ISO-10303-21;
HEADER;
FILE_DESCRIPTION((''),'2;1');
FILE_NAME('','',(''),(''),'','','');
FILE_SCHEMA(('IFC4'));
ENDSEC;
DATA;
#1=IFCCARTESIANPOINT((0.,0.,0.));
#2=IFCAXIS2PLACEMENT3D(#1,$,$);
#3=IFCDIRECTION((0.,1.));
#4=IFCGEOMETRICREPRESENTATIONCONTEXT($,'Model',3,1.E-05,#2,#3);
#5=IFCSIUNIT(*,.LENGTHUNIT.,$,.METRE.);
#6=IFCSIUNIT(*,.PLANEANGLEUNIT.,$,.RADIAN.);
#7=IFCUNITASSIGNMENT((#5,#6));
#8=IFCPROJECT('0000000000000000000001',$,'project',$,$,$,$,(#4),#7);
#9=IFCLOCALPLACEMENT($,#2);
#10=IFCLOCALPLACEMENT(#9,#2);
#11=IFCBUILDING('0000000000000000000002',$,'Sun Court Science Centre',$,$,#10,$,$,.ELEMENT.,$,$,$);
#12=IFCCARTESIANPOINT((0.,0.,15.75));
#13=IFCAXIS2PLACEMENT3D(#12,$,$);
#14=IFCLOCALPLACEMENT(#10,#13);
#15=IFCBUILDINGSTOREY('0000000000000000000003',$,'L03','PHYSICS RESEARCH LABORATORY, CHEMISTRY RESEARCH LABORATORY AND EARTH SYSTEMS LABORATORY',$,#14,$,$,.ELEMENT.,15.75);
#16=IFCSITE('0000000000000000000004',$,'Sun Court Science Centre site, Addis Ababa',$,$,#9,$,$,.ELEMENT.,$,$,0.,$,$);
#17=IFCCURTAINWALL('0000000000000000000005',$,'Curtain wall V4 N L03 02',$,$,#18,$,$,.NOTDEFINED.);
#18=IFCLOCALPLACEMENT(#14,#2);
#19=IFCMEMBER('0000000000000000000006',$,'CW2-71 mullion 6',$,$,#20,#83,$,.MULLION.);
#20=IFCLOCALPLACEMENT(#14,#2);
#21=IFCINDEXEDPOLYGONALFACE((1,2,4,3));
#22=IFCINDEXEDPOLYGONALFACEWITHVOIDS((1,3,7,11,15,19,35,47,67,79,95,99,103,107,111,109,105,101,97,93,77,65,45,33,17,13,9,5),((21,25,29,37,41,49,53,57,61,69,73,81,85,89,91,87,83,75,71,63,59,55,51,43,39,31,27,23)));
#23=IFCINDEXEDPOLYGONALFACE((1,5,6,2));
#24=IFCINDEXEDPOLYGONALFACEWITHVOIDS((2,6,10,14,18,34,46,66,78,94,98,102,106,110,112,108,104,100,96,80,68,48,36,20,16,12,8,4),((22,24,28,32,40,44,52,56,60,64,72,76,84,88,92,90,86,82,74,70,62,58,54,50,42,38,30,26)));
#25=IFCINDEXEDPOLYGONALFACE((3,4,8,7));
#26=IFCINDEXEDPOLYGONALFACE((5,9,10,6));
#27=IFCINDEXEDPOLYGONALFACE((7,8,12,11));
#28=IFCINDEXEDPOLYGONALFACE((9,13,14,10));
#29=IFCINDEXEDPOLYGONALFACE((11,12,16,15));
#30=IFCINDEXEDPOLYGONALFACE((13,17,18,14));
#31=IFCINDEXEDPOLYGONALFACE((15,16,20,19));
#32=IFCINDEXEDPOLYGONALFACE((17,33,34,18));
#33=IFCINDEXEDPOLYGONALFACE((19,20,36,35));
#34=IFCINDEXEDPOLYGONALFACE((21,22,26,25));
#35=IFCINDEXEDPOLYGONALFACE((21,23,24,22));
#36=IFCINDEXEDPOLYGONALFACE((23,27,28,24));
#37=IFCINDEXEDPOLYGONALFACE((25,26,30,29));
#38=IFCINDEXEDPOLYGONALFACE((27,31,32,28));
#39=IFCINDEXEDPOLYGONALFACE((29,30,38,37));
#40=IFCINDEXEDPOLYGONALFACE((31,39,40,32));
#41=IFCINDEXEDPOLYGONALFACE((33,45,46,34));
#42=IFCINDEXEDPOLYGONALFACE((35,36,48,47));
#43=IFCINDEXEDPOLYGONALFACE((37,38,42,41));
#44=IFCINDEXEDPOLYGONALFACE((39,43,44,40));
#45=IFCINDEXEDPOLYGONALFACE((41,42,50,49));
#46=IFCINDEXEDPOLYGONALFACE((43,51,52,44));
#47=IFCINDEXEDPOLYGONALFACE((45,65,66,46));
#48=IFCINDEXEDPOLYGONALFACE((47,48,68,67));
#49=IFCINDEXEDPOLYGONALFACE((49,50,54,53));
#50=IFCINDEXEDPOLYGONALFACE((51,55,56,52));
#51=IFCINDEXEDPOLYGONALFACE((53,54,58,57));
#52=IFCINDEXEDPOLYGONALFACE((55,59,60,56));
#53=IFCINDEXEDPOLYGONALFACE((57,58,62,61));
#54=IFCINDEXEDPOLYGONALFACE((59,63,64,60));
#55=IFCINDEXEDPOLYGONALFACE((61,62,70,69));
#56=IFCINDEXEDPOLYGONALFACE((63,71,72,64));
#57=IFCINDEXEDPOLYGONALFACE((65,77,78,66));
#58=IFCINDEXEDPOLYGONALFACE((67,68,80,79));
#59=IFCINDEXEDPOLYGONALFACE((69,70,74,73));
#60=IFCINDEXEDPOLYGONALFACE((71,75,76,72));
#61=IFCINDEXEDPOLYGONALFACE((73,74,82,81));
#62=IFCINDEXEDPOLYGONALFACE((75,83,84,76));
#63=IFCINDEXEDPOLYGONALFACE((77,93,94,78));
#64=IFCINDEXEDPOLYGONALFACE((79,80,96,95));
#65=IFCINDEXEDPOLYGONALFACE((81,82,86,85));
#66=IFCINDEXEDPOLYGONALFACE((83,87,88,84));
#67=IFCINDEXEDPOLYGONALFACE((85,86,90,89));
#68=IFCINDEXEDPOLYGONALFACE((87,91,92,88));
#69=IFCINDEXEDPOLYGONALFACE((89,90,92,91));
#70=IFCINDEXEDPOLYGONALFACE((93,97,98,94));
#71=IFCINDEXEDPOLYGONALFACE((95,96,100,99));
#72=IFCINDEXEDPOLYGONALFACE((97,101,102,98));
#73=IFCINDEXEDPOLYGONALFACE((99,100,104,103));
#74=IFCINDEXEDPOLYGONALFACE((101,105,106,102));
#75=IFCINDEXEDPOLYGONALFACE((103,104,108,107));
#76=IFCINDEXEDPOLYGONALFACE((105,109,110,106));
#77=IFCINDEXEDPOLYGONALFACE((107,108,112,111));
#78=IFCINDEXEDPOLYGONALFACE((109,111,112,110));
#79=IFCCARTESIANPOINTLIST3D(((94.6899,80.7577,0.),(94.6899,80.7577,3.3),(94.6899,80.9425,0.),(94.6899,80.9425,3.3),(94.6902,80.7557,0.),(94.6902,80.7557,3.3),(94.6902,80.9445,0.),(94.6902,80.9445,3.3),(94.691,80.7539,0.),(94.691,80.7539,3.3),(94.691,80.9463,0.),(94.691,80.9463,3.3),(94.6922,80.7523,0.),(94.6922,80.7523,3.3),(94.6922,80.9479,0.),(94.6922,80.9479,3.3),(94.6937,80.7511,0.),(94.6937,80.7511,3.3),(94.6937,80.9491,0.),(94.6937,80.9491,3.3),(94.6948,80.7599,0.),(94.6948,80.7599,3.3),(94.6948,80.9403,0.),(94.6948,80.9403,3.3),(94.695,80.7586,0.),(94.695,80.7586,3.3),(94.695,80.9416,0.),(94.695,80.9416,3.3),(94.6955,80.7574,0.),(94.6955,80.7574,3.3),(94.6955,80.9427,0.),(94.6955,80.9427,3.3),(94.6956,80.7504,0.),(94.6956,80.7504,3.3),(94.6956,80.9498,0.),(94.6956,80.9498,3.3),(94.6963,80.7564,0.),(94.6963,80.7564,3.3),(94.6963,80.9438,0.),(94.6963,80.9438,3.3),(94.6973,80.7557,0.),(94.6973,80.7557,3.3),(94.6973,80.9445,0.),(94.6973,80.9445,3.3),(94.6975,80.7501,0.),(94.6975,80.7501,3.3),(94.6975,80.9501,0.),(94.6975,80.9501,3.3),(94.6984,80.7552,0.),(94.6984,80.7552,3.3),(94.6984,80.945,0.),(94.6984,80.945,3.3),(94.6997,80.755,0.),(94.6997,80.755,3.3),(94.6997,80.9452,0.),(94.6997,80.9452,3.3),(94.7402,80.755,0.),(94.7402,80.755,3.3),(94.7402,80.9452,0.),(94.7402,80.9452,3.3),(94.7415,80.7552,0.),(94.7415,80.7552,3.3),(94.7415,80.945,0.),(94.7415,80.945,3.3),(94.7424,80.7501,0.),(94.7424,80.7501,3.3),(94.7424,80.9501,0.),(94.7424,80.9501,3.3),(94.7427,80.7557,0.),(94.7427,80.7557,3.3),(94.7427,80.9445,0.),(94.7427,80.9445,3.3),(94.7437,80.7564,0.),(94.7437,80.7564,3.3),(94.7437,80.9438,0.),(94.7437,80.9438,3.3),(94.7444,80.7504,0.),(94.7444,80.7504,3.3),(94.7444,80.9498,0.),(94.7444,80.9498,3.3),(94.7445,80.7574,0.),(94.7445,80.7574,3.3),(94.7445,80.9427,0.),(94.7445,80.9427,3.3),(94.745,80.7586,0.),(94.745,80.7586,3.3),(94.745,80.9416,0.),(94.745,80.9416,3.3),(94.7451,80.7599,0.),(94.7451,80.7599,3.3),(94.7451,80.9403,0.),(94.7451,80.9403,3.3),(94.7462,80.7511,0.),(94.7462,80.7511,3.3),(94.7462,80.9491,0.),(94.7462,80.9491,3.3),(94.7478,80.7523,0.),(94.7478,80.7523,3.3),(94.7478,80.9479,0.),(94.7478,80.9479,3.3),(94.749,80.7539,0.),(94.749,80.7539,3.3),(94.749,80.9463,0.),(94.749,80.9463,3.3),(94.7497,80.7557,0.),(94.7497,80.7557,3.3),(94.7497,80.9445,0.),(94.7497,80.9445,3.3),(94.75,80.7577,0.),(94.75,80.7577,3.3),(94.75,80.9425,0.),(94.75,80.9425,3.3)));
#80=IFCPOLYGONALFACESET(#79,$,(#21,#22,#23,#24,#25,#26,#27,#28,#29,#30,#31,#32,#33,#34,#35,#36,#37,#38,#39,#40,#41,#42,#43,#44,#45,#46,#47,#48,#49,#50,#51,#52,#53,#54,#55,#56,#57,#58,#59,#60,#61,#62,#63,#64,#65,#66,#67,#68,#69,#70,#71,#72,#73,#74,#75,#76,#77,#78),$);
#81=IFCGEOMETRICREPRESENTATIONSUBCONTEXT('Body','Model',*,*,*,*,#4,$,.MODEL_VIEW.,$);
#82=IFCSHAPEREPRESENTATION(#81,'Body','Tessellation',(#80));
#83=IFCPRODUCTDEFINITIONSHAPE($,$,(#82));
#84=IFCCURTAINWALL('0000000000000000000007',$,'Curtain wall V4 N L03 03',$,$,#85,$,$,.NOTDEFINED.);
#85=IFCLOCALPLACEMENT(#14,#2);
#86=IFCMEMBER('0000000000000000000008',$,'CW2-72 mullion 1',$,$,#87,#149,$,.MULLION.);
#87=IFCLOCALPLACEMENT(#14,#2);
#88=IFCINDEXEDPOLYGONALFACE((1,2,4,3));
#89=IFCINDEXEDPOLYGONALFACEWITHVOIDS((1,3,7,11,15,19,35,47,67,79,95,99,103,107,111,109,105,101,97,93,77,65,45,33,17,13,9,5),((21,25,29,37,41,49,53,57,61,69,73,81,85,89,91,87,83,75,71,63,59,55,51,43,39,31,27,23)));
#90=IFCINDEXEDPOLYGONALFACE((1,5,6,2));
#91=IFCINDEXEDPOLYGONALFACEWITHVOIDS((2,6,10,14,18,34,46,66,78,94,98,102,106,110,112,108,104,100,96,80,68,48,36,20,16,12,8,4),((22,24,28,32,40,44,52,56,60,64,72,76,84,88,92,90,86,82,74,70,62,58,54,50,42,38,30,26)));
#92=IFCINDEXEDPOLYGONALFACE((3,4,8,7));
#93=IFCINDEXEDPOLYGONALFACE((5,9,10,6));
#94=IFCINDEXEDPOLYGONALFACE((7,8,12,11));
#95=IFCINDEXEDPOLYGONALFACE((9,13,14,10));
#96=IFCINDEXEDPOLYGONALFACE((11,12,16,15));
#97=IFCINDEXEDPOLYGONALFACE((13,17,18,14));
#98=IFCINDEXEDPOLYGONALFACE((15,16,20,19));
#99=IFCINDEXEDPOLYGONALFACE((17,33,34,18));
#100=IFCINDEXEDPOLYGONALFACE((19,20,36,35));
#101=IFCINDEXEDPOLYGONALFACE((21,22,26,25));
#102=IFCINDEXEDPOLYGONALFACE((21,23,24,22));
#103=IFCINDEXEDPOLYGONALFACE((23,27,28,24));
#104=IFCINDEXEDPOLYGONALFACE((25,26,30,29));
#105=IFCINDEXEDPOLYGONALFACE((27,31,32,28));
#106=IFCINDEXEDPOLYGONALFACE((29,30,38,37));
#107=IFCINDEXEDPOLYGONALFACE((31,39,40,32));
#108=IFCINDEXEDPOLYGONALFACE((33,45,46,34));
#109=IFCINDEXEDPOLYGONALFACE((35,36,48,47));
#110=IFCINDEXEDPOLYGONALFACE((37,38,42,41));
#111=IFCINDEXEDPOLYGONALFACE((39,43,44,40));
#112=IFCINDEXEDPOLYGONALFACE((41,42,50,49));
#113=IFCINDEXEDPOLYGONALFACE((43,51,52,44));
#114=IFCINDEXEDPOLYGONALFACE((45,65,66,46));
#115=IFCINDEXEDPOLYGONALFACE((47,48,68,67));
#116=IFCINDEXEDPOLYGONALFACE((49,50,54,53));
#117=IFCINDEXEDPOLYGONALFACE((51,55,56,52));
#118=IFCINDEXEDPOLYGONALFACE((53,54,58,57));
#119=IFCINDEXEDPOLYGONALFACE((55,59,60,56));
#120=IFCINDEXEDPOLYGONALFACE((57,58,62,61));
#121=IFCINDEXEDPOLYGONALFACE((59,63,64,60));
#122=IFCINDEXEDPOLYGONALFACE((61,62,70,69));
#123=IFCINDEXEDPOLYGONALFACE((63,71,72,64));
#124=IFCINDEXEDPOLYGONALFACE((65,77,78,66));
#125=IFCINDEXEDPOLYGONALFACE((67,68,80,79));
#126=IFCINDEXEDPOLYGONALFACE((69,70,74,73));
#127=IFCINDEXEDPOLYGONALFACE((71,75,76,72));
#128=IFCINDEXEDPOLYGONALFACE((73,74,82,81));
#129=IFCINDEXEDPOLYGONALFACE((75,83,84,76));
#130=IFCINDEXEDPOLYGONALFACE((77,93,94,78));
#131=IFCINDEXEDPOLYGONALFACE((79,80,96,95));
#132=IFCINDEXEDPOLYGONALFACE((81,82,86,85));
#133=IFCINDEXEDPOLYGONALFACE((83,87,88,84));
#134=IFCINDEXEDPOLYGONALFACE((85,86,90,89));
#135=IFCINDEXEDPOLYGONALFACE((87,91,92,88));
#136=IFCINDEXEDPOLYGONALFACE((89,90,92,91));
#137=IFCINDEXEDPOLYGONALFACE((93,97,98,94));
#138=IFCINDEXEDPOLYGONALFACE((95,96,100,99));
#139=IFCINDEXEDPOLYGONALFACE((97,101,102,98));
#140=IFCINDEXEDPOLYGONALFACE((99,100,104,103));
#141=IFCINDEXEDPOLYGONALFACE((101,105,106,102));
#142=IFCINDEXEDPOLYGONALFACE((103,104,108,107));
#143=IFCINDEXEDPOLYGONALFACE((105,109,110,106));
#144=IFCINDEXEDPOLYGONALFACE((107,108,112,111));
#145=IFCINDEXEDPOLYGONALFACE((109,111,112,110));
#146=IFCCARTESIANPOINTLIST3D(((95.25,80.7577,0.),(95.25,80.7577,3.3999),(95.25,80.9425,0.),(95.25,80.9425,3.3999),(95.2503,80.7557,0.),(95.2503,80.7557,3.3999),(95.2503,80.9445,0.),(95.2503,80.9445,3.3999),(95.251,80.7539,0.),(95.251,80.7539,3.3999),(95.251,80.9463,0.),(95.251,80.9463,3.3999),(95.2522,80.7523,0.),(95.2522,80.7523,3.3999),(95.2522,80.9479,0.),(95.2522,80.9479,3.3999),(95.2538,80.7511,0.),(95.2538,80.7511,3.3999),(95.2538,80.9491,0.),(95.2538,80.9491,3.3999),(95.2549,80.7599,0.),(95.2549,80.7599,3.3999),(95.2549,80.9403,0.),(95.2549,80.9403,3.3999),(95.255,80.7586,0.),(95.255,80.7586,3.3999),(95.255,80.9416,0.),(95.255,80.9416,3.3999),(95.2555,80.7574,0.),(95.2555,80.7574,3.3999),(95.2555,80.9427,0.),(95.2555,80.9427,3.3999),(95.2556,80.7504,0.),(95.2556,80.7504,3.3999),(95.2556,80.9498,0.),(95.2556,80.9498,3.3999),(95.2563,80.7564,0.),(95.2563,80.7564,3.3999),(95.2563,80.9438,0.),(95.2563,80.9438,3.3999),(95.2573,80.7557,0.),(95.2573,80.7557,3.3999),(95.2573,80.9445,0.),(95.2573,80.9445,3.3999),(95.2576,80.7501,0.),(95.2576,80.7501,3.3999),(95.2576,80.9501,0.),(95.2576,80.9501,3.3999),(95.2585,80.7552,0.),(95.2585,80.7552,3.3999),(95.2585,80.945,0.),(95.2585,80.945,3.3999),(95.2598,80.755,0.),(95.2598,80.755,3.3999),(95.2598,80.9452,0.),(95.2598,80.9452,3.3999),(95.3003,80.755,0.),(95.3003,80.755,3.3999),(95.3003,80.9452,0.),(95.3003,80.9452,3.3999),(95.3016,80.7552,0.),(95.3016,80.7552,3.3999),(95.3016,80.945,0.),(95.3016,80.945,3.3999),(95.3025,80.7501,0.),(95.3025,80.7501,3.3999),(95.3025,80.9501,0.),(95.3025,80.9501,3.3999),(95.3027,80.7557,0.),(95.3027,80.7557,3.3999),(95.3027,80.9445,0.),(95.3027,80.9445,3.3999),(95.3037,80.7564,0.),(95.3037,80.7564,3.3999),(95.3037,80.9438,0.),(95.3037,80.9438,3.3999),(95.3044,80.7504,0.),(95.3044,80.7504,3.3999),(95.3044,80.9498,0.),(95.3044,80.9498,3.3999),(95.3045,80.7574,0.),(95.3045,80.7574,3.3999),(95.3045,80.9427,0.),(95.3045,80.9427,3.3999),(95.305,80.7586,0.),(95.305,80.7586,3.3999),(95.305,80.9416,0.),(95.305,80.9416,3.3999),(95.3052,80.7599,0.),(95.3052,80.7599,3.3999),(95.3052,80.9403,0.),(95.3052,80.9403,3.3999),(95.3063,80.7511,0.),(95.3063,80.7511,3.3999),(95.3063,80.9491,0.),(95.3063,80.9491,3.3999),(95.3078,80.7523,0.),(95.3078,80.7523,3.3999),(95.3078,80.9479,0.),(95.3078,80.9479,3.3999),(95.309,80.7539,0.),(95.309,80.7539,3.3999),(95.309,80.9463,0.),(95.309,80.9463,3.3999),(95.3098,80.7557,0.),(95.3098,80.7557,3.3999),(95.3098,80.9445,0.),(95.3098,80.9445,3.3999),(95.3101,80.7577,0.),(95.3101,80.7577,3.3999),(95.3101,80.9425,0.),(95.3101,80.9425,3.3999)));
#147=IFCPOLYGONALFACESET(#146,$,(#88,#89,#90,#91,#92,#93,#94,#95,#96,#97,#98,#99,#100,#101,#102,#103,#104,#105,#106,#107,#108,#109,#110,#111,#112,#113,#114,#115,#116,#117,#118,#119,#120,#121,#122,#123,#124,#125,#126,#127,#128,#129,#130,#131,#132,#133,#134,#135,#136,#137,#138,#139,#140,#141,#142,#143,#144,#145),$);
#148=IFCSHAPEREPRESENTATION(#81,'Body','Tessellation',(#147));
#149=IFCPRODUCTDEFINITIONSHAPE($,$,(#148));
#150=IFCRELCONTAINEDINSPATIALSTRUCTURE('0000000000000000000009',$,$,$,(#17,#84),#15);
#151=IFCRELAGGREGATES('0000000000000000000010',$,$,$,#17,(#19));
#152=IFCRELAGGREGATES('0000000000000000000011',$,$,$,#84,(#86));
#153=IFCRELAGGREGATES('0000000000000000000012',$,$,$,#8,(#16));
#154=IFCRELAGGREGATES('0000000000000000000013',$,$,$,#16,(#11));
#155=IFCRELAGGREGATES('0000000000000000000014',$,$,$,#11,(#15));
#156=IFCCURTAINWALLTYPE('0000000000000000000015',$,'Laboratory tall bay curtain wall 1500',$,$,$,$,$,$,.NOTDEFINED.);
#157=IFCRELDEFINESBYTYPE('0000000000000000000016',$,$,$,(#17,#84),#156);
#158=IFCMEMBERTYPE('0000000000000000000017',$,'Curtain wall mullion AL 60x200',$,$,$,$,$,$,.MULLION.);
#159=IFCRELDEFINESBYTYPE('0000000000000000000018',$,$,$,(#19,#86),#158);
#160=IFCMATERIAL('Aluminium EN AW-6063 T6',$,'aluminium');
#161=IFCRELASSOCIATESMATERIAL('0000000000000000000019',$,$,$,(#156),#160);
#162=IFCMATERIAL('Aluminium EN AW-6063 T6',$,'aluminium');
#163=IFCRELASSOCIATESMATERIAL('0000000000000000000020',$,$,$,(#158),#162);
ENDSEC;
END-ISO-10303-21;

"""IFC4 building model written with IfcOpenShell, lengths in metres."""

from ifc_helpers import new_model, si_unit, direction, frame, origin, origin_2d, place, context, subcontext, project, spatial, hollow_rectangle, extrude, material, material_profile, profile_set, type_object, element, aggregate, save


model = new_model("IFC4")

# Units and contexts
model_context = context("Model", 3, precision=1e-05, world=origin(), true_north=direction((0.0, 1.0)))
body_context = subcontext(model_context, "Body", "Model", "MODEL_VIEW")
ifc_project = project(units=[si_unit("LENGTHUNIT", "METRE"), si_unit("PLANEANGLEUNIT", "RADIAN")], contexts=[model_context])

# Site, building, storey
site_placement = place(None, origin())
site = spatial("IfcSite", under=ifc_project, at=site_placement, Name="Sun Court Science Centre site, Addis Ababa", CompositionType="ELEMENT", RefElevation=0.0)
building_placement = place(site_placement, origin())
building = spatial("IfcBuilding", under=site, at=building_placement, Name="Sun Court Science Centre", CompositionType="ELEMENT")
storey_placement = place(building_placement, frame((0.0, 0.0, 15.75)))
storey = spatial("IfcBuildingStorey", under=building, at=storey_placement, Name="L03", Description="PHYSICS RESEARCH LABORATORY, CHEMISTRY RESEARCH LABORATORY AND EARTH SYSTEMS LABORATORY", CompositionType="ELEMENT", Elevation=15.75)

# Curtain wall, member
ifc_material_1 = material(Name="Aluminium EN AW-6063 T6", Category="aluminium")
curtain_wall_type = type_object("IfcCurtainWallType", Name="Laboratory tall bay curtain wall 1500", PredefinedType="NOTDEFINED", material=ifc_material_1)
curtain_wall_1_placement = place(storey_placement, origin())
curtain_wall_1 = element("IfcCurtainWall", 1, at=curtain_wall_1_placement, inside=storey, type_object=curtain_wall_type, Name="Curtain wall V4 N L03 02", PredefinedType="NOTDEFINED")
ifc_material_2 = material(Name="Aluminium EN AW-6063 T6", Category="aluminium")
ifc_material_profile_1 = material_profile(ifc_material_2, hollow_rectangle(XDim=0.0601, YDim=0.2, WallThickness=0.0049, InnerFilletRadius=0.0049, OuterFilletRadius=0.0076, at=origin_2d()), Name="AL 60x200x5")
ifc_profile_set_1 = profile_set([ifc_material_profile_1], Name="Aluminium EN AW-6063 T6")
member_type_1 = type_object("IfcMemberType", Name="Curtain wall mullion AL 60x200", PredefinedType="MULLION", material=ifc_profile_set_1)
member_1_placement = place(storey_placement, frame((94.72, 80.8501, 0.0), z_axis=(0.0, 0.0, 1.0), x_axis=(1.0, 0.0, 0.0)))
member_1 = element("IfcMember", 2, at=member_1_placement, type_object=member_type_1, Name="CW2-71 mullion 6", PredefinedType="MULLION", context=body_context, shape_type="SweptSolid", body=[
    extrude(hollow_rectangle(XDim=0.0601, YDim=0.2, WallThickness=0.0049, InnerFilletRadius=0.0049, OuterFilletRadius=0.0076, at=origin_2d()), origin(), (0.0, 0.0, 1.0), 3.3),
])

# Curtain wall, member
curtain_wall_2_placement = place(storey_placement, origin())
curtain_wall_2 = element("IfcCurtainWall", 3, at=curtain_wall_2_placement, inside=storey, type_object=curtain_wall_type, Name="Curtain wall V4 N L03 03", PredefinedType="NOTDEFINED")
member_2_placement = place(storey_placement, frame((95.28, 80.8501, 0.0), z_axis=(0.0, 0.0, 1.0), x_axis=(1.0, 0.0, 0.0)))
member_2 = element("IfcMember", 4, at=member_2_placement, type_object=member_type_1, Name="CW2-72 mullion 1", PredefinedType="MULLION", context=body_context, shape_type="SweptSolid", body=[
    extrude(hollow_rectangle(XDim=0.0601, YDim=0.2, WallThickness=0.0049, InnerFilletRadius=0.0049, OuterFilletRadius=0.0076, at=origin_2d()), origin(), (0.0, 0.0, 1.0), 3.3999),
])

aggregate(curtain_wall_1, [member_1])
aggregate(curtain_wall_2, [member_2])

save(model, "model.ifc")
